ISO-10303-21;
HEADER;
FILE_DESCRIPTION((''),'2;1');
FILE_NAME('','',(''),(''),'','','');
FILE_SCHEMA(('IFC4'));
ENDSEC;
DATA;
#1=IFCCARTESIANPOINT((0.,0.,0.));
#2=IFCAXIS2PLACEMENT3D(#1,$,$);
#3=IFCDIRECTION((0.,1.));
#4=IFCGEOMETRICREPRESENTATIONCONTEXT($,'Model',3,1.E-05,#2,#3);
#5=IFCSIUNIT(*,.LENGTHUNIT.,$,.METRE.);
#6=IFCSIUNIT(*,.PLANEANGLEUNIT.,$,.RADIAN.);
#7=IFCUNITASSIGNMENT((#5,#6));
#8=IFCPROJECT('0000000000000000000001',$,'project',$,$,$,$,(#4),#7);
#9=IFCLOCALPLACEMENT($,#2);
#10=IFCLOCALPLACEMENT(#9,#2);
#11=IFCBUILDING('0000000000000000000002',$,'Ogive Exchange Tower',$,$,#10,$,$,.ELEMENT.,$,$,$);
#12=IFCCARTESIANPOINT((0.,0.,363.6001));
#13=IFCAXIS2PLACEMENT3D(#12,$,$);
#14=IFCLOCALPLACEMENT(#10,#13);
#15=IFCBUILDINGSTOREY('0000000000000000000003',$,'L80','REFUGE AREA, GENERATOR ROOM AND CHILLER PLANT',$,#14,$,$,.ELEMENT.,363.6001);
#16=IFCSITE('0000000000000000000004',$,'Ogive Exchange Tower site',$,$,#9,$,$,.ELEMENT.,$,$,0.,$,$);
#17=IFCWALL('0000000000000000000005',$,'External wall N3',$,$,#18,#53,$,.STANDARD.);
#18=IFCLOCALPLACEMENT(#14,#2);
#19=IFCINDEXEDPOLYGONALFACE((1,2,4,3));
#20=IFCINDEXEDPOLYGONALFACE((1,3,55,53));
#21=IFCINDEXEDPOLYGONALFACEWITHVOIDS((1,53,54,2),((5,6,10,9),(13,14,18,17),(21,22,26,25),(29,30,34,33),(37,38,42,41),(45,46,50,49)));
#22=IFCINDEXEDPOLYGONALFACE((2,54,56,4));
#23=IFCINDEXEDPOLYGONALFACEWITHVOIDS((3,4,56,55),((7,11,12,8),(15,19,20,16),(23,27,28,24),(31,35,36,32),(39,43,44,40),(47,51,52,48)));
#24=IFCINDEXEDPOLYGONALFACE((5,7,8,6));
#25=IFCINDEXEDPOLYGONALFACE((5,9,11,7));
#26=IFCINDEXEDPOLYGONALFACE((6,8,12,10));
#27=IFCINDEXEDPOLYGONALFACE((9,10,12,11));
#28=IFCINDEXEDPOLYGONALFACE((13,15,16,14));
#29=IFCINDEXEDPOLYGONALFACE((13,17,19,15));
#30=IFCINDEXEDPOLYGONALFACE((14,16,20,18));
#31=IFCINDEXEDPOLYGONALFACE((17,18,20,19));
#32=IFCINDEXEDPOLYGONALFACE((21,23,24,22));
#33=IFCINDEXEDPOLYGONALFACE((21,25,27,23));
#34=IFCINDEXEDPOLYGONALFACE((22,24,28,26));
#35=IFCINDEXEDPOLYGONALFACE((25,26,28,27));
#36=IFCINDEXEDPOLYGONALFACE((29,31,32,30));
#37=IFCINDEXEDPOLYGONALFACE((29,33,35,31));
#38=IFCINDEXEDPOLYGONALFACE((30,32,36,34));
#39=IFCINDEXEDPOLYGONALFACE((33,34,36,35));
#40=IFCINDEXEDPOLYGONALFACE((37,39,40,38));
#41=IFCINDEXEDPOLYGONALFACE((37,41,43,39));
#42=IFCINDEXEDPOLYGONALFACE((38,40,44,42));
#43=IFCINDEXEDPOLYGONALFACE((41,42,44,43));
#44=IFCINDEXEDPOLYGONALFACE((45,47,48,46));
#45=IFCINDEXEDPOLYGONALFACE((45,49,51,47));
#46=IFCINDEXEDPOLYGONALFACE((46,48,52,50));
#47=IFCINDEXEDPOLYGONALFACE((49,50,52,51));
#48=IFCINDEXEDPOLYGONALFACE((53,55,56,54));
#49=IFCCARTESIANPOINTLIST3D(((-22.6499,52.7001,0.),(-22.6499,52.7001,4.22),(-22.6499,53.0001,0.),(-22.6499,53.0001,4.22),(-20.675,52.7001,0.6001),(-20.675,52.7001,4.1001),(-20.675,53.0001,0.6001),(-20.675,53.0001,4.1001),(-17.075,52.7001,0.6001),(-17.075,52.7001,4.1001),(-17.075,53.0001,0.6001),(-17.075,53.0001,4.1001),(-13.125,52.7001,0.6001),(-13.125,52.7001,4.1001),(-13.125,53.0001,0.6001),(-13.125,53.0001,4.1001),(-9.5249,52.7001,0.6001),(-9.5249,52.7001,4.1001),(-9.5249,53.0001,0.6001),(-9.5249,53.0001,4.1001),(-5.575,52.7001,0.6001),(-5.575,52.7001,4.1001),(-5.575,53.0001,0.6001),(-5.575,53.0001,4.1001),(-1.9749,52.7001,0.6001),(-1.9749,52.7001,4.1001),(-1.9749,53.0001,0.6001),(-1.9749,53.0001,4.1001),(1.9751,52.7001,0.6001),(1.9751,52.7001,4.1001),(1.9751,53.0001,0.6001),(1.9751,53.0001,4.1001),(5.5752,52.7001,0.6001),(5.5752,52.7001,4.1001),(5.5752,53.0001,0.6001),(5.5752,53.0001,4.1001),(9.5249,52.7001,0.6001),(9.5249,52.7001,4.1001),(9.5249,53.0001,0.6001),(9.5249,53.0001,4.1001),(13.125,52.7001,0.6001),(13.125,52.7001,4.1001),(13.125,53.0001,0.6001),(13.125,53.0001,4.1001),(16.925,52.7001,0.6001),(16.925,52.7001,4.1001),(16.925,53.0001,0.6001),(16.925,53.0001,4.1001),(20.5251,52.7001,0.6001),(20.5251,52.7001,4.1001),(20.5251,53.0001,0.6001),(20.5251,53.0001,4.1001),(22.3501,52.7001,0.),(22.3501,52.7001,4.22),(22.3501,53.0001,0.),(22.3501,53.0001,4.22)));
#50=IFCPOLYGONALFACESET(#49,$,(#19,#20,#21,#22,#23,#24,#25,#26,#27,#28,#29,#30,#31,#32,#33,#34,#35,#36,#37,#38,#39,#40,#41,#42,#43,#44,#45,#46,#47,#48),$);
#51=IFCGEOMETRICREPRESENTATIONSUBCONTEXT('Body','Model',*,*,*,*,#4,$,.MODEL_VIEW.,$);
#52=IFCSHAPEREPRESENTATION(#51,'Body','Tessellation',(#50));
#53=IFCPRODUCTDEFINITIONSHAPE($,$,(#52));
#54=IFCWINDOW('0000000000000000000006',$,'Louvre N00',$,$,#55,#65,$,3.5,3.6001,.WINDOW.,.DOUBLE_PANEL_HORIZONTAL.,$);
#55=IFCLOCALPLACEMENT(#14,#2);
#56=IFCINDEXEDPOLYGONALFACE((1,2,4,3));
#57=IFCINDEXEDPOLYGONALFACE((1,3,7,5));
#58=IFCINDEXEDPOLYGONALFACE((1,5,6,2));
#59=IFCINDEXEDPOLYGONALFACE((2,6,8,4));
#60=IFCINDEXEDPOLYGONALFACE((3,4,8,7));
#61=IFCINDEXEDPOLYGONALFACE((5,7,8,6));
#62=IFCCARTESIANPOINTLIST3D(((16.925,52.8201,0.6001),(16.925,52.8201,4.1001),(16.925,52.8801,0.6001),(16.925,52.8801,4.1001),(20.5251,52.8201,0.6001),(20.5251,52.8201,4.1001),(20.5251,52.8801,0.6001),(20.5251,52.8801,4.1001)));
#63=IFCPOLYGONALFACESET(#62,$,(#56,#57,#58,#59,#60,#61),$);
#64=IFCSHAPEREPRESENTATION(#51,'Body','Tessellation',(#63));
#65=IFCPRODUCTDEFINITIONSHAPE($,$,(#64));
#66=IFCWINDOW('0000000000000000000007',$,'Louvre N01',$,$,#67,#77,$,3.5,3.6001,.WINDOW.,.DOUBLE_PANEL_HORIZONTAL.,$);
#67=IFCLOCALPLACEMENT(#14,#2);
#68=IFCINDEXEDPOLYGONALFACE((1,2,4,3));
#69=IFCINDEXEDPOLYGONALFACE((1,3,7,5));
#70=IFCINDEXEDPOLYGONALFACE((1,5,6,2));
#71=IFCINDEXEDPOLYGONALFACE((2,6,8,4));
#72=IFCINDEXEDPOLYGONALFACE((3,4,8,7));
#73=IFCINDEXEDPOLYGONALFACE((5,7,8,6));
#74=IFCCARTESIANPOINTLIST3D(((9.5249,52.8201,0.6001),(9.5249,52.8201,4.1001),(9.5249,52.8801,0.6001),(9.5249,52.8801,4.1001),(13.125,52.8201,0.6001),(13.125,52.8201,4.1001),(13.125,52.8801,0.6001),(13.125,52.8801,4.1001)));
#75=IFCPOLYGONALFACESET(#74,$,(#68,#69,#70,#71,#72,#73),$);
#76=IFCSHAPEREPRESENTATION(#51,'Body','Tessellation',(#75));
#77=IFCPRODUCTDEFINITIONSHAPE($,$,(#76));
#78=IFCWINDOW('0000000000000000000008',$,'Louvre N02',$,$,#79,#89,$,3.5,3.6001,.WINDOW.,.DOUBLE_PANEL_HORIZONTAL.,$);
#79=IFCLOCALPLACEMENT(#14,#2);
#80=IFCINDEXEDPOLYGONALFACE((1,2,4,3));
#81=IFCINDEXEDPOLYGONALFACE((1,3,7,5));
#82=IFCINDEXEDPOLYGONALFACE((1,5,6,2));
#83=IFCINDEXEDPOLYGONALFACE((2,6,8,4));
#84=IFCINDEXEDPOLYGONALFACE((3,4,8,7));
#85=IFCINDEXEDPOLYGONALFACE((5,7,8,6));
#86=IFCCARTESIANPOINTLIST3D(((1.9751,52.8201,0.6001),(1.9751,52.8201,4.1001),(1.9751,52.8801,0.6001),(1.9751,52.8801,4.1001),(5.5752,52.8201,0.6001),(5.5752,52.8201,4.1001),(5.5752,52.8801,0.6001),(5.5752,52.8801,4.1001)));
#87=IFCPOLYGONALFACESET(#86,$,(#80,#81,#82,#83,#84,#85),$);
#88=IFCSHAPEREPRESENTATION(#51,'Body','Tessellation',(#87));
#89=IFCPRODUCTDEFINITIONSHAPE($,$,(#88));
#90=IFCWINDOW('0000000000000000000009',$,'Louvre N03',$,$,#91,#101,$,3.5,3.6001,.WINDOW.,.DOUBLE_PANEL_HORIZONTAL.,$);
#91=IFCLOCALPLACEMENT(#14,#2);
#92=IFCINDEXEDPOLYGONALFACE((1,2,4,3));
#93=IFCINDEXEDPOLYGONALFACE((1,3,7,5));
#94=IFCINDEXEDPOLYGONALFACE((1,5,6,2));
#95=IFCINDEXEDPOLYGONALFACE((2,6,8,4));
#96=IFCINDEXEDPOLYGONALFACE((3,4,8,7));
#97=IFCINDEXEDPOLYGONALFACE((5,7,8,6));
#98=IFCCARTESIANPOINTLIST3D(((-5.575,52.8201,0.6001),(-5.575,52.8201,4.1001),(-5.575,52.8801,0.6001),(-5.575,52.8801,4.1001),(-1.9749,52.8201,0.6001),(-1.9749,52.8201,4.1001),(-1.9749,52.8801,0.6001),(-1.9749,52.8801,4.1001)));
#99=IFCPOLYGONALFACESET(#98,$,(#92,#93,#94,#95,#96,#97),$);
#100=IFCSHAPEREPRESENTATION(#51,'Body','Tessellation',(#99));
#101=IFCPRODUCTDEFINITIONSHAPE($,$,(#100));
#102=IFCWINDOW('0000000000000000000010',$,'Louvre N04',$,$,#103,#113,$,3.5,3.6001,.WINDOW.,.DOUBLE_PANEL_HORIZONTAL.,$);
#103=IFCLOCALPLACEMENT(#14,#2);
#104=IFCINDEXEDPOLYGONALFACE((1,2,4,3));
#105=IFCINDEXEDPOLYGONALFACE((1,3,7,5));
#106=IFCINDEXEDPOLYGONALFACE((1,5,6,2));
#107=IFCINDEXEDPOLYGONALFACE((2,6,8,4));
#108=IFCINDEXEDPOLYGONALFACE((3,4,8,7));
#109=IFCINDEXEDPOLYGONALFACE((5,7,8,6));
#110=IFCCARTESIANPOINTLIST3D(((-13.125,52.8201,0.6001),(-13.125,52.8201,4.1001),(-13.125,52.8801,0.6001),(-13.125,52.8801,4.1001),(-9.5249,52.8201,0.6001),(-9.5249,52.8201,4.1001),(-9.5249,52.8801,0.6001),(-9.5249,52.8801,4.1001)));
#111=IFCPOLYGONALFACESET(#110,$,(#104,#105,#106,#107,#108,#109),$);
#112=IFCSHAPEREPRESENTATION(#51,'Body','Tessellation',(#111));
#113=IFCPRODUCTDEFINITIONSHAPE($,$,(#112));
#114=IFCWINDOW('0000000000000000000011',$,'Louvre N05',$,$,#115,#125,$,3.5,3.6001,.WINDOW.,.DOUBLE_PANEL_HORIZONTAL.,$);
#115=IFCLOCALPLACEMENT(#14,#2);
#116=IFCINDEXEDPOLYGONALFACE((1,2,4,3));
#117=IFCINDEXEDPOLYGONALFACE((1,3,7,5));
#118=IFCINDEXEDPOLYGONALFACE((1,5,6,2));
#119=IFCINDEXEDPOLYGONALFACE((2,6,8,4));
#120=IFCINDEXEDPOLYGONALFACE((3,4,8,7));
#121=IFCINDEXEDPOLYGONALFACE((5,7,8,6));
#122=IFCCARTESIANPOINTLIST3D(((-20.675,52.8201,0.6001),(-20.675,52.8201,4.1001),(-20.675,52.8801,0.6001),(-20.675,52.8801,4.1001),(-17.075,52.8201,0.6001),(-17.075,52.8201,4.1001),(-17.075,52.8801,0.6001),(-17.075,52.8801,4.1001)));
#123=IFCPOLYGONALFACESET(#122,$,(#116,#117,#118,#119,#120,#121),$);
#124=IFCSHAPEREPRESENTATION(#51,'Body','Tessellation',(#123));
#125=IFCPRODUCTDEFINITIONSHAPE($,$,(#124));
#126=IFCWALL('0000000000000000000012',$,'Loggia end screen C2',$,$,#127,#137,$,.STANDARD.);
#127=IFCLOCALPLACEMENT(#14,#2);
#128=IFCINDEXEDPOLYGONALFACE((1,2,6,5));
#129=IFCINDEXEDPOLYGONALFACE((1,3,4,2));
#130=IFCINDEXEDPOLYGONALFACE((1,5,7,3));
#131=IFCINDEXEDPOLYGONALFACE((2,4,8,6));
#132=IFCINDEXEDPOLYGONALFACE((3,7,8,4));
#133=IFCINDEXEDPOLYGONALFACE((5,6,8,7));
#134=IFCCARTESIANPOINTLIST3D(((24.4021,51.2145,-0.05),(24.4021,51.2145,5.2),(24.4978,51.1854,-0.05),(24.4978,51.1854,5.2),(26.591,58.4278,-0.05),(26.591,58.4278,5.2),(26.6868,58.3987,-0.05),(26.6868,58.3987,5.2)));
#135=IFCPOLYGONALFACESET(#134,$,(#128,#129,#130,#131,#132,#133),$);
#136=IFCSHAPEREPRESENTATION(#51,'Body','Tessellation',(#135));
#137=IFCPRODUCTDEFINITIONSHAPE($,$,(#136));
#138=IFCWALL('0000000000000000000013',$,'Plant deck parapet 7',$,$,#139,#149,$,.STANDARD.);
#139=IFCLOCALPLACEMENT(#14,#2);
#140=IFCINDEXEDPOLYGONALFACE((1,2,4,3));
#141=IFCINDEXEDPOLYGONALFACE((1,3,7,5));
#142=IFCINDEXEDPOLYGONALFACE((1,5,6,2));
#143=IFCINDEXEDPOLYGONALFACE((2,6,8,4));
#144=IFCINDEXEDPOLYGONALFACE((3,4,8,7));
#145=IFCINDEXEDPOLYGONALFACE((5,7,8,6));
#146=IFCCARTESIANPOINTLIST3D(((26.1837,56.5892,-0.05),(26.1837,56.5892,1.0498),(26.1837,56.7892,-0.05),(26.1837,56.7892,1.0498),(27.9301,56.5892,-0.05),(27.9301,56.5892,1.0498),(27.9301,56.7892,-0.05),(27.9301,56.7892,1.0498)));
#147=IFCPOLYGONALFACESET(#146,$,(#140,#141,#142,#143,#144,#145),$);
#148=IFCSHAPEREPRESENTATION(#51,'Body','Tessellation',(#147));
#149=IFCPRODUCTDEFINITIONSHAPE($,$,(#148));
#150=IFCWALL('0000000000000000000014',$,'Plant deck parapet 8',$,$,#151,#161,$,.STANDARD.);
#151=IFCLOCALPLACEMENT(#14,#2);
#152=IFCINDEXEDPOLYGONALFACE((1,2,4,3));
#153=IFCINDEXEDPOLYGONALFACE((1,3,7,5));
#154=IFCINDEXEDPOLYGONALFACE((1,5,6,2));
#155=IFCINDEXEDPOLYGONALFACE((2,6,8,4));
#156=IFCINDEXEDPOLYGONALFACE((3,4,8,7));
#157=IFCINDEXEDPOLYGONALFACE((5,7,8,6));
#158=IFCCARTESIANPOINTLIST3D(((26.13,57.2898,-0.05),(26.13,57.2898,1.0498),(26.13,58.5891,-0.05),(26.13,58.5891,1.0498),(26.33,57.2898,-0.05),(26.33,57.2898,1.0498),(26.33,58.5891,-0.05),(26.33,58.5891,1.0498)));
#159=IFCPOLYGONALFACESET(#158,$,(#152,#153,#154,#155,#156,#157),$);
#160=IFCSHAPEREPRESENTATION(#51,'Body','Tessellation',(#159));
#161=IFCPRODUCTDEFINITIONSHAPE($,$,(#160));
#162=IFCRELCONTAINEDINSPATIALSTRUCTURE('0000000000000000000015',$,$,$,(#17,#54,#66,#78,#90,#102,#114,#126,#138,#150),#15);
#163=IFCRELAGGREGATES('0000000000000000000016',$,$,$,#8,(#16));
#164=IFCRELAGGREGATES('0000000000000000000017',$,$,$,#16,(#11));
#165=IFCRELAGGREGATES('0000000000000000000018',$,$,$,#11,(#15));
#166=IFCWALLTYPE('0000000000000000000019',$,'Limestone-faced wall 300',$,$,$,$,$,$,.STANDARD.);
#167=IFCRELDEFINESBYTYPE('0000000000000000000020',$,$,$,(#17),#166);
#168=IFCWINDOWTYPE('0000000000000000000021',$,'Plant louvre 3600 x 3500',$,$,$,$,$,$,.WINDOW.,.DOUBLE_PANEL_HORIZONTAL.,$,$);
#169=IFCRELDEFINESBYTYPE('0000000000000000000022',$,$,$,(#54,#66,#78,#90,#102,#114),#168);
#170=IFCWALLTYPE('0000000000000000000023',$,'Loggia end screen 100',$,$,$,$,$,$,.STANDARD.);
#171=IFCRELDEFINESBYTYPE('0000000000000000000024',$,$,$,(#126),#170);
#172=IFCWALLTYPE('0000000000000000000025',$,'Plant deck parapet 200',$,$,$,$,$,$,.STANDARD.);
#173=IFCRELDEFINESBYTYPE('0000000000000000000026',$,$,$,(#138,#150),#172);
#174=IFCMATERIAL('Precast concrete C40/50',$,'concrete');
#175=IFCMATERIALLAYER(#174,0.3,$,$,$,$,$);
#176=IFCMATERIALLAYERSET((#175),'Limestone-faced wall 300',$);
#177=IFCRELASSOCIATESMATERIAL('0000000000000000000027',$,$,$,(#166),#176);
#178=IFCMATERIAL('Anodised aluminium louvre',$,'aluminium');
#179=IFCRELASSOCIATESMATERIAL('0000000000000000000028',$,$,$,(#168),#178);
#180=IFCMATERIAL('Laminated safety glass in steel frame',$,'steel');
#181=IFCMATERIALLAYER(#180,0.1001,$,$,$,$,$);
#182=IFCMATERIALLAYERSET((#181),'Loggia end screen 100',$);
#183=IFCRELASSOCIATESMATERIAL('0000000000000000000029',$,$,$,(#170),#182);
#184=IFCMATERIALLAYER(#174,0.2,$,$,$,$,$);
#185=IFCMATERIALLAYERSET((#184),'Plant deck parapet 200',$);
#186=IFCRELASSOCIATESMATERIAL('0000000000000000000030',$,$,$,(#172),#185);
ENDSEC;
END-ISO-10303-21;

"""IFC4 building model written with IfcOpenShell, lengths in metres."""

from ifc_helpers import new_model, si_unit, direction, frame, frame_2d, origin, place, context, subcontext, project, spatial, rectangle, extrude, material, layer, layer_set, type_object, element, fill, save


model = new_model("IFC4")

# Units and contexts
model_context = context("Model", 3, precision=1e-05, world=origin(), true_north=direction((0.0, 1.0)))
body_context = subcontext(model_context, "Body", "Model", "MODEL_VIEW")
ifc_project = project(units=[si_unit("LENGTHUNIT", "METRE"), si_unit("PLANEANGLEUNIT", "RADIAN")], contexts=[model_context])

# Site, building, storey
site_placement = place(None, origin())
site = spatial("IfcSite", under=ifc_project, at=site_placement, Name="Ogive Exchange Tower site", CompositionType="ELEMENT", RefElevation=0.0)
building_placement = place(site_placement, origin())
building = spatial("IfcBuilding", under=site, at=building_placement, Name="Ogive Exchange Tower", CompositionType="ELEMENT")
storey_placement = place(building_placement, frame((0.0, 0.0, 363.6001)))
storey = spatial("IfcBuildingStorey", under=building, at=storey_placement, Name="L80", Description="REFUGE AREA, GENERATOR ROOM AND CHILLER PLANT", CompositionType="ELEMENT", Elevation=363.6001)

# Wall, openings, windows
ifc_material_1 = material(Name="Precast concrete C40/50", Category="concrete")
ifc_layer_1 = layer(ifc_material_1, 0.3)
ifc_layer_set_1 = layer_set([ifc_layer_1], Name="Limestone-faced wall 300")
wall_type_1 = type_object("IfcWallType", Name="Limestone-faced wall 300", PredefinedType="STANDARD", material=ifc_layer_set_1)
wall_1_placement = place(storey_placement, frame((22.3501, 52.8501, 0.0), z_axis=(0.0, 0.0, 1.0), x_axis=(-1.0, 0.0, 0.0)))
wall_1 = element("IfcWall", 1, at=wall_1_placement, inside=storey, type_object=wall_type_1, Name="External wall N3", PredefinedType="STANDARD", context=body_context, shape_type="SweptSolid", body=[
    extrude(rectangle(XDim=45.0, YDim=0.3, at=frame_2d((22.5, 0.0))), origin(), (0.0, 0.0, 1.0), 4.22),
])
opening_1_placement = place(wall_1_placement, frame((1.825, 0.0, 0.6001)))
opening_1 = element("IfcOpeningElement", 2, at=opening_1_placement, cuts=wall_1, PredefinedType="OPENING", context=body_context, shape_type="SweptSolid", body=[
    extrude(rectangle(XDim=3.6001, YDim=3.5, at=frame_2d((1.8, 1.75))), frame((0.0, 0.1599, 0.0), z_axis=(0.0, -1.0, 0.0), x_axis=(1.0, 0.0, 0.0)), (0.0, 0.0, 1.0), 0.3201),
])
opening_2_placement = place(wall_1_placement, frame((9.2251, 0.0, 0.6001)))
opening_2 = element("IfcOpeningElement", 3, at=opening_2_placement, cuts=wall_1, PredefinedType="OPENING", context=body_context, shape_type="SweptSolid", body=[
    extrude(rectangle(XDim=3.6001, YDim=3.5, at=frame_2d((1.8, 1.75))), frame((0.0, 0.1599, 0.0), z_axis=(0.0, -1.0, 0.0), x_axis=(1.0, 0.0, 0.0)), (0.0, 0.0, 1.0), 0.3201),
])
opening_3_placement = place(wall_1_placement, frame((16.7749, 0.0, 0.6001)))
opening_3 = element("IfcOpeningElement", 4, at=opening_3_placement, cuts=wall_1, PredefinedType="OPENING", context=body_context, shape_type="SweptSolid", body=[
    extrude(rectangle(XDim=3.6001, YDim=3.5, at=frame_2d((1.8, 1.75))), frame((0.0, 0.1599, 0.0), z_axis=(0.0, -1.0, 0.0), x_axis=(1.0, 0.0, 0.0)), (0.0, 0.0, 1.0), 0.3201),
])
opening_4_placement = place(wall_1_placement, frame((24.325, 0.0, 0.6001)))
opening_4 = element("IfcOpeningElement", 5, at=opening_4_placement, cuts=wall_1, PredefinedType="OPENING", context=body_context, shape_type="SweptSolid", body=[
    extrude(rectangle(XDim=3.6001, YDim=3.5, at=frame_2d((1.8, 1.75))), frame((0.0, 0.1599, 0.0), z_axis=(0.0, -1.0, 0.0), x_axis=(1.0, 0.0, 0.0)), (0.0, 0.0, 1.0), 0.3201),
])
opening_5_placement = place(wall_1_placement, frame((31.875, 0.0, 0.6001)))
opening_5 = element("IfcOpeningElement", 6, at=opening_5_placement, cuts=wall_1, PredefinedType="OPENING", context=body_context, shape_type="SweptSolid", body=[
    extrude(rectangle(XDim=3.6001, YDim=3.5, at=frame_2d((1.8, 1.75))), frame((0.0, 0.1599, 0.0), z_axis=(0.0, -1.0, 0.0), x_axis=(1.0, 0.0, 0.0)), (0.0, 0.0, 1.0), 0.3201),
])
opening_6_placement = place(wall_1_placement, frame((39.425, 0.0, 0.6001)))
opening_6 = element("IfcOpeningElement", 7, at=opening_6_placement, cuts=wall_1, PredefinedType="OPENING", context=body_context, shape_type="SweptSolid", body=[
    extrude(rectangle(XDim=3.6001, YDim=3.5, at=frame_2d((1.8, 1.75))), frame((0.0, 0.1599, 0.0), z_axis=(0.0, -1.0, 0.0), x_axis=(1.0, 0.0, 0.0)), (0.0, 0.0, 1.0), 0.3201),
])
ifc_material_2 = material(Name="Anodised aluminium louvre", Category="aluminium")
window_type = type_object("IfcWindowType", Name="Plant louvre 3600 x 3500", PartitioningType="DOUBLE_PANEL_HORIZONTAL", PredefinedType="WINDOW", material=ifc_material_2)
window_1_placement = place(opening_1_placement, origin())
window_1 = element("IfcWindow", 8, at=window_1_placement, inside=storey, type_object=window_type, Name="Louvre N00", OverallHeight=3.5, OverallWidth=3.6001, PartitioningType="DOUBLE_PANEL_HORIZONTAL", PredefinedType="WINDOW", context=body_context, shape_type="SweptSolid", body=[
    extrude(rectangle(XDim=3.6001, YDim=3.5, at=frame_2d((1.8, 1.75))), frame((0.0, 0.03, 0.0), z_axis=(0.0, -1.0, 0.0), x_axis=(1.0, 0.0, 0.0)), (0.0, 0.0, 1.0), 0.0601),
])
fill(opening_1, window_1)
window_2_placement = place(opening_2_placement, origin())
window_2 = element("IfcWindow", 9, at=window_2_placement, inside=storey, type_object=window_type, Name="Louvre N01", OverallHeight=3.5, OverallWidth=3.6001, PartitioningType="DOUBLE_PANEL_HORIZONTAL", PredefinedType="WINDOW", context=body_context, shape_type="SweptSolid", body=[
    extrude(rectangle(XDim=3.6001, YDim=3.5, at=frame_2d((1.8, 1.75))), frame((0.0, 0.03, 0.0), z_axis=(0.0, -1.0, 0.0), x_axis=(1.0, 0.0, 0.0)), (0.0, 0.0, 1.0), 0.0601),
])
fill(opening_2, window_2)
window_3_placement = place(opening_3_placement, origin())
window_3 = element("IfcWindow", 10, at=window_3_placement, inside=storey, type_object=window_type, Name="Louvre N02", OverallHeight=3.5, OverallWidth=3.6001, PartitioningType="DOUBLE_PANEL_HORIZONTAL", PredefinedType="WINDOW", context=body_context, shape_type="SweptSolid", body=[
    extrude(rectangle(XDim=3.6001, YDim=3.5, at=frame_2d((1.8, 1.75))), frame((0.0, 0.03, 0.0), z_axis=(0.0, -1.0, 0.0), x_axis=(1.0, 0.0, 0.0)), (0.0, 0.0, 1.0), 0.0601),
])
fill(opening_3, window_3)
window_4_placement = place(opening_4_placement, origin())
window_4 = element("IfcWindow", 11, at=window_4_placement, inside=storey, type_object=window_type, Name="Louvre N03", OverallHeight=3.5, OverallWidth=3.6001, PartitioningType="DOUBLE_PANEL_HORIZONTAL", PredefinedType="WINDOW", context=body_context, shape_type="SweptSolid", body=[
    extrude(rectangle(XDim=3.6001, YDim=3.5, at=frame_2d((1.8, 1.75))), frame((0.0, 0.03, 0.0), z_axis=(0.0, -1.0, 0.0), x_axis=(1.0, 0.0, 0.0)), (0.0, 0.0, 1.0), 0.0601),
])
fill(opening_4, window_4)
window_5_placement = place(opening_5_placement, origin())
window_5 = element("IfcWindow", 12, at=window_5_placement, inside=storey, type_object=window_type, Name="Louvre N04", OverallHeight=3.5, OverallWidth=3.6001, PartitioningType="DOUBLE_PANEL_HORIZONTAL", PredefinedType="WINDOW", context=body_context, shape_type="SweptSolid", body=[
    extrude(rectangle(XDim=3.6001, YDim=3.5, at=frame_2d((1.8, 1.75))), frame((0.0, 0.03, 0.0), z_axis=(0.0, -1.0, 0.0), x_axis=(1.0, 0.0, 0.0)), (0.0, 0.0, 1.0), 0.0601),
])
fill(opening_5, window_5)
window_6_placement = place(opening_6_placement, origin())
window_6 = element("IfcWindow", 13, at=window_6_placement, inside=storey, type_object=window_type, Name="Louvre N05", OverallHeight=3.5, OverallWidth=3.6001, PartitioningType="DOUBLE_PANEL_HORIZONTAL", PredefinedType="WINDOW", context=body_context, shape_type="SweptSolid", body=[
    extrude(rectangle(XDim=3.6001, YDim=3.5, at=frame_2d((1.8, 1.75))), frame((0.0, 0.03, 0.0), z_axis=(0.0, -1.0, 0.0), x_axis=(1.0, 0.0, 0.0)), (0.0, 0.0, 1.0), 0.0601),
])
fill(opening_6, window_6)

# Walls
ifc_material_3 = material(Name="Laminated safety glass in steel frame", Category="steel")
ifc_layer_2 = layer(ifc_material_3, 0.1001)
ifc_layer_set_2 = layer_set([ifc_layer_2], Name="Loggia end screen 100")
wall_type_2 = type_object("IfcWallType", Name="Loggia end screen 100", PredefinedType="STANDARD", material=ifc_layer_set_2)
wall_2_placement = place(storey_placement, frame((24.45, 51.2, -0.05), z_axis=(0.0, 0.0, 1.0), x_axis=(0.290383, 0.95691, 0.0)))
element("IfcWall", 14, at=wall_2_placement, inside=storey, type_object=wall_type_2, Name="Loggia end screen C2", PredefinedType="STANDARD", context=body_context, shape_type="SweptSolid", body=[
    extrude(rectangle(XDim=7.5381, YDim=0.1001, at=frame_2d((3.769, 0.0))), origin(), (0.0, 0.0, 1.0), 5.25),
])
ifc_layer_3 = layer(ifc_material_1, 0.2)
ifc_layer_set_3 = layer_set([ifc_layer_3], Name="Plant deck parapet 200")
wall_type_3 = type_object("IfcWallType", Name="Plant deck parapet 200", PredefinedType="STANDARD", material=ifc_layer_set_3)
wall_3_placement = place(storey_placement, frame((27.9299, 56.6892, -0.05), z_axis=(0.0, 0.0, 1.0), x_axis=(-1.0, 0.0, 0.0)))
element("IfcWall", 15, at=wall_3_placement, inside=storey, type_object=wall_type_3, Name="Plant deck parapet 7", PredefinedType="STANDARD", context=body_context, shape_type="SweptSolid", body=[
    extrude(rectangle(XDim=1.7463, YDim=0.2, at=frame_2d((0.873, 0.0))), origin(), (0.0, 0.0, 1.0), 1.0999),
])
wall_4_placement = place(storey_placement, frame((26.23, 57.2898, -0.05), z_axis=(0.0, 0.0, 1.0), x_axis=(0.0, 1.0, 0.0)))
element("IfcWall", 16, at=wall_4_placement, inside=storey, type_object=wall_type_3, Name="Plant deck parapet 8", PredefinedType="STANDARD", context=body_context, shape_type="SweptSolid", body=[
    extrude(rectangle(XDim=1.2993, YDim=0.2, at=frame_2d((0.6497, 0.0))), origin(), (0.0, 0.0, 1.0), 1.0999),
])

save(model, "model.ifc")
